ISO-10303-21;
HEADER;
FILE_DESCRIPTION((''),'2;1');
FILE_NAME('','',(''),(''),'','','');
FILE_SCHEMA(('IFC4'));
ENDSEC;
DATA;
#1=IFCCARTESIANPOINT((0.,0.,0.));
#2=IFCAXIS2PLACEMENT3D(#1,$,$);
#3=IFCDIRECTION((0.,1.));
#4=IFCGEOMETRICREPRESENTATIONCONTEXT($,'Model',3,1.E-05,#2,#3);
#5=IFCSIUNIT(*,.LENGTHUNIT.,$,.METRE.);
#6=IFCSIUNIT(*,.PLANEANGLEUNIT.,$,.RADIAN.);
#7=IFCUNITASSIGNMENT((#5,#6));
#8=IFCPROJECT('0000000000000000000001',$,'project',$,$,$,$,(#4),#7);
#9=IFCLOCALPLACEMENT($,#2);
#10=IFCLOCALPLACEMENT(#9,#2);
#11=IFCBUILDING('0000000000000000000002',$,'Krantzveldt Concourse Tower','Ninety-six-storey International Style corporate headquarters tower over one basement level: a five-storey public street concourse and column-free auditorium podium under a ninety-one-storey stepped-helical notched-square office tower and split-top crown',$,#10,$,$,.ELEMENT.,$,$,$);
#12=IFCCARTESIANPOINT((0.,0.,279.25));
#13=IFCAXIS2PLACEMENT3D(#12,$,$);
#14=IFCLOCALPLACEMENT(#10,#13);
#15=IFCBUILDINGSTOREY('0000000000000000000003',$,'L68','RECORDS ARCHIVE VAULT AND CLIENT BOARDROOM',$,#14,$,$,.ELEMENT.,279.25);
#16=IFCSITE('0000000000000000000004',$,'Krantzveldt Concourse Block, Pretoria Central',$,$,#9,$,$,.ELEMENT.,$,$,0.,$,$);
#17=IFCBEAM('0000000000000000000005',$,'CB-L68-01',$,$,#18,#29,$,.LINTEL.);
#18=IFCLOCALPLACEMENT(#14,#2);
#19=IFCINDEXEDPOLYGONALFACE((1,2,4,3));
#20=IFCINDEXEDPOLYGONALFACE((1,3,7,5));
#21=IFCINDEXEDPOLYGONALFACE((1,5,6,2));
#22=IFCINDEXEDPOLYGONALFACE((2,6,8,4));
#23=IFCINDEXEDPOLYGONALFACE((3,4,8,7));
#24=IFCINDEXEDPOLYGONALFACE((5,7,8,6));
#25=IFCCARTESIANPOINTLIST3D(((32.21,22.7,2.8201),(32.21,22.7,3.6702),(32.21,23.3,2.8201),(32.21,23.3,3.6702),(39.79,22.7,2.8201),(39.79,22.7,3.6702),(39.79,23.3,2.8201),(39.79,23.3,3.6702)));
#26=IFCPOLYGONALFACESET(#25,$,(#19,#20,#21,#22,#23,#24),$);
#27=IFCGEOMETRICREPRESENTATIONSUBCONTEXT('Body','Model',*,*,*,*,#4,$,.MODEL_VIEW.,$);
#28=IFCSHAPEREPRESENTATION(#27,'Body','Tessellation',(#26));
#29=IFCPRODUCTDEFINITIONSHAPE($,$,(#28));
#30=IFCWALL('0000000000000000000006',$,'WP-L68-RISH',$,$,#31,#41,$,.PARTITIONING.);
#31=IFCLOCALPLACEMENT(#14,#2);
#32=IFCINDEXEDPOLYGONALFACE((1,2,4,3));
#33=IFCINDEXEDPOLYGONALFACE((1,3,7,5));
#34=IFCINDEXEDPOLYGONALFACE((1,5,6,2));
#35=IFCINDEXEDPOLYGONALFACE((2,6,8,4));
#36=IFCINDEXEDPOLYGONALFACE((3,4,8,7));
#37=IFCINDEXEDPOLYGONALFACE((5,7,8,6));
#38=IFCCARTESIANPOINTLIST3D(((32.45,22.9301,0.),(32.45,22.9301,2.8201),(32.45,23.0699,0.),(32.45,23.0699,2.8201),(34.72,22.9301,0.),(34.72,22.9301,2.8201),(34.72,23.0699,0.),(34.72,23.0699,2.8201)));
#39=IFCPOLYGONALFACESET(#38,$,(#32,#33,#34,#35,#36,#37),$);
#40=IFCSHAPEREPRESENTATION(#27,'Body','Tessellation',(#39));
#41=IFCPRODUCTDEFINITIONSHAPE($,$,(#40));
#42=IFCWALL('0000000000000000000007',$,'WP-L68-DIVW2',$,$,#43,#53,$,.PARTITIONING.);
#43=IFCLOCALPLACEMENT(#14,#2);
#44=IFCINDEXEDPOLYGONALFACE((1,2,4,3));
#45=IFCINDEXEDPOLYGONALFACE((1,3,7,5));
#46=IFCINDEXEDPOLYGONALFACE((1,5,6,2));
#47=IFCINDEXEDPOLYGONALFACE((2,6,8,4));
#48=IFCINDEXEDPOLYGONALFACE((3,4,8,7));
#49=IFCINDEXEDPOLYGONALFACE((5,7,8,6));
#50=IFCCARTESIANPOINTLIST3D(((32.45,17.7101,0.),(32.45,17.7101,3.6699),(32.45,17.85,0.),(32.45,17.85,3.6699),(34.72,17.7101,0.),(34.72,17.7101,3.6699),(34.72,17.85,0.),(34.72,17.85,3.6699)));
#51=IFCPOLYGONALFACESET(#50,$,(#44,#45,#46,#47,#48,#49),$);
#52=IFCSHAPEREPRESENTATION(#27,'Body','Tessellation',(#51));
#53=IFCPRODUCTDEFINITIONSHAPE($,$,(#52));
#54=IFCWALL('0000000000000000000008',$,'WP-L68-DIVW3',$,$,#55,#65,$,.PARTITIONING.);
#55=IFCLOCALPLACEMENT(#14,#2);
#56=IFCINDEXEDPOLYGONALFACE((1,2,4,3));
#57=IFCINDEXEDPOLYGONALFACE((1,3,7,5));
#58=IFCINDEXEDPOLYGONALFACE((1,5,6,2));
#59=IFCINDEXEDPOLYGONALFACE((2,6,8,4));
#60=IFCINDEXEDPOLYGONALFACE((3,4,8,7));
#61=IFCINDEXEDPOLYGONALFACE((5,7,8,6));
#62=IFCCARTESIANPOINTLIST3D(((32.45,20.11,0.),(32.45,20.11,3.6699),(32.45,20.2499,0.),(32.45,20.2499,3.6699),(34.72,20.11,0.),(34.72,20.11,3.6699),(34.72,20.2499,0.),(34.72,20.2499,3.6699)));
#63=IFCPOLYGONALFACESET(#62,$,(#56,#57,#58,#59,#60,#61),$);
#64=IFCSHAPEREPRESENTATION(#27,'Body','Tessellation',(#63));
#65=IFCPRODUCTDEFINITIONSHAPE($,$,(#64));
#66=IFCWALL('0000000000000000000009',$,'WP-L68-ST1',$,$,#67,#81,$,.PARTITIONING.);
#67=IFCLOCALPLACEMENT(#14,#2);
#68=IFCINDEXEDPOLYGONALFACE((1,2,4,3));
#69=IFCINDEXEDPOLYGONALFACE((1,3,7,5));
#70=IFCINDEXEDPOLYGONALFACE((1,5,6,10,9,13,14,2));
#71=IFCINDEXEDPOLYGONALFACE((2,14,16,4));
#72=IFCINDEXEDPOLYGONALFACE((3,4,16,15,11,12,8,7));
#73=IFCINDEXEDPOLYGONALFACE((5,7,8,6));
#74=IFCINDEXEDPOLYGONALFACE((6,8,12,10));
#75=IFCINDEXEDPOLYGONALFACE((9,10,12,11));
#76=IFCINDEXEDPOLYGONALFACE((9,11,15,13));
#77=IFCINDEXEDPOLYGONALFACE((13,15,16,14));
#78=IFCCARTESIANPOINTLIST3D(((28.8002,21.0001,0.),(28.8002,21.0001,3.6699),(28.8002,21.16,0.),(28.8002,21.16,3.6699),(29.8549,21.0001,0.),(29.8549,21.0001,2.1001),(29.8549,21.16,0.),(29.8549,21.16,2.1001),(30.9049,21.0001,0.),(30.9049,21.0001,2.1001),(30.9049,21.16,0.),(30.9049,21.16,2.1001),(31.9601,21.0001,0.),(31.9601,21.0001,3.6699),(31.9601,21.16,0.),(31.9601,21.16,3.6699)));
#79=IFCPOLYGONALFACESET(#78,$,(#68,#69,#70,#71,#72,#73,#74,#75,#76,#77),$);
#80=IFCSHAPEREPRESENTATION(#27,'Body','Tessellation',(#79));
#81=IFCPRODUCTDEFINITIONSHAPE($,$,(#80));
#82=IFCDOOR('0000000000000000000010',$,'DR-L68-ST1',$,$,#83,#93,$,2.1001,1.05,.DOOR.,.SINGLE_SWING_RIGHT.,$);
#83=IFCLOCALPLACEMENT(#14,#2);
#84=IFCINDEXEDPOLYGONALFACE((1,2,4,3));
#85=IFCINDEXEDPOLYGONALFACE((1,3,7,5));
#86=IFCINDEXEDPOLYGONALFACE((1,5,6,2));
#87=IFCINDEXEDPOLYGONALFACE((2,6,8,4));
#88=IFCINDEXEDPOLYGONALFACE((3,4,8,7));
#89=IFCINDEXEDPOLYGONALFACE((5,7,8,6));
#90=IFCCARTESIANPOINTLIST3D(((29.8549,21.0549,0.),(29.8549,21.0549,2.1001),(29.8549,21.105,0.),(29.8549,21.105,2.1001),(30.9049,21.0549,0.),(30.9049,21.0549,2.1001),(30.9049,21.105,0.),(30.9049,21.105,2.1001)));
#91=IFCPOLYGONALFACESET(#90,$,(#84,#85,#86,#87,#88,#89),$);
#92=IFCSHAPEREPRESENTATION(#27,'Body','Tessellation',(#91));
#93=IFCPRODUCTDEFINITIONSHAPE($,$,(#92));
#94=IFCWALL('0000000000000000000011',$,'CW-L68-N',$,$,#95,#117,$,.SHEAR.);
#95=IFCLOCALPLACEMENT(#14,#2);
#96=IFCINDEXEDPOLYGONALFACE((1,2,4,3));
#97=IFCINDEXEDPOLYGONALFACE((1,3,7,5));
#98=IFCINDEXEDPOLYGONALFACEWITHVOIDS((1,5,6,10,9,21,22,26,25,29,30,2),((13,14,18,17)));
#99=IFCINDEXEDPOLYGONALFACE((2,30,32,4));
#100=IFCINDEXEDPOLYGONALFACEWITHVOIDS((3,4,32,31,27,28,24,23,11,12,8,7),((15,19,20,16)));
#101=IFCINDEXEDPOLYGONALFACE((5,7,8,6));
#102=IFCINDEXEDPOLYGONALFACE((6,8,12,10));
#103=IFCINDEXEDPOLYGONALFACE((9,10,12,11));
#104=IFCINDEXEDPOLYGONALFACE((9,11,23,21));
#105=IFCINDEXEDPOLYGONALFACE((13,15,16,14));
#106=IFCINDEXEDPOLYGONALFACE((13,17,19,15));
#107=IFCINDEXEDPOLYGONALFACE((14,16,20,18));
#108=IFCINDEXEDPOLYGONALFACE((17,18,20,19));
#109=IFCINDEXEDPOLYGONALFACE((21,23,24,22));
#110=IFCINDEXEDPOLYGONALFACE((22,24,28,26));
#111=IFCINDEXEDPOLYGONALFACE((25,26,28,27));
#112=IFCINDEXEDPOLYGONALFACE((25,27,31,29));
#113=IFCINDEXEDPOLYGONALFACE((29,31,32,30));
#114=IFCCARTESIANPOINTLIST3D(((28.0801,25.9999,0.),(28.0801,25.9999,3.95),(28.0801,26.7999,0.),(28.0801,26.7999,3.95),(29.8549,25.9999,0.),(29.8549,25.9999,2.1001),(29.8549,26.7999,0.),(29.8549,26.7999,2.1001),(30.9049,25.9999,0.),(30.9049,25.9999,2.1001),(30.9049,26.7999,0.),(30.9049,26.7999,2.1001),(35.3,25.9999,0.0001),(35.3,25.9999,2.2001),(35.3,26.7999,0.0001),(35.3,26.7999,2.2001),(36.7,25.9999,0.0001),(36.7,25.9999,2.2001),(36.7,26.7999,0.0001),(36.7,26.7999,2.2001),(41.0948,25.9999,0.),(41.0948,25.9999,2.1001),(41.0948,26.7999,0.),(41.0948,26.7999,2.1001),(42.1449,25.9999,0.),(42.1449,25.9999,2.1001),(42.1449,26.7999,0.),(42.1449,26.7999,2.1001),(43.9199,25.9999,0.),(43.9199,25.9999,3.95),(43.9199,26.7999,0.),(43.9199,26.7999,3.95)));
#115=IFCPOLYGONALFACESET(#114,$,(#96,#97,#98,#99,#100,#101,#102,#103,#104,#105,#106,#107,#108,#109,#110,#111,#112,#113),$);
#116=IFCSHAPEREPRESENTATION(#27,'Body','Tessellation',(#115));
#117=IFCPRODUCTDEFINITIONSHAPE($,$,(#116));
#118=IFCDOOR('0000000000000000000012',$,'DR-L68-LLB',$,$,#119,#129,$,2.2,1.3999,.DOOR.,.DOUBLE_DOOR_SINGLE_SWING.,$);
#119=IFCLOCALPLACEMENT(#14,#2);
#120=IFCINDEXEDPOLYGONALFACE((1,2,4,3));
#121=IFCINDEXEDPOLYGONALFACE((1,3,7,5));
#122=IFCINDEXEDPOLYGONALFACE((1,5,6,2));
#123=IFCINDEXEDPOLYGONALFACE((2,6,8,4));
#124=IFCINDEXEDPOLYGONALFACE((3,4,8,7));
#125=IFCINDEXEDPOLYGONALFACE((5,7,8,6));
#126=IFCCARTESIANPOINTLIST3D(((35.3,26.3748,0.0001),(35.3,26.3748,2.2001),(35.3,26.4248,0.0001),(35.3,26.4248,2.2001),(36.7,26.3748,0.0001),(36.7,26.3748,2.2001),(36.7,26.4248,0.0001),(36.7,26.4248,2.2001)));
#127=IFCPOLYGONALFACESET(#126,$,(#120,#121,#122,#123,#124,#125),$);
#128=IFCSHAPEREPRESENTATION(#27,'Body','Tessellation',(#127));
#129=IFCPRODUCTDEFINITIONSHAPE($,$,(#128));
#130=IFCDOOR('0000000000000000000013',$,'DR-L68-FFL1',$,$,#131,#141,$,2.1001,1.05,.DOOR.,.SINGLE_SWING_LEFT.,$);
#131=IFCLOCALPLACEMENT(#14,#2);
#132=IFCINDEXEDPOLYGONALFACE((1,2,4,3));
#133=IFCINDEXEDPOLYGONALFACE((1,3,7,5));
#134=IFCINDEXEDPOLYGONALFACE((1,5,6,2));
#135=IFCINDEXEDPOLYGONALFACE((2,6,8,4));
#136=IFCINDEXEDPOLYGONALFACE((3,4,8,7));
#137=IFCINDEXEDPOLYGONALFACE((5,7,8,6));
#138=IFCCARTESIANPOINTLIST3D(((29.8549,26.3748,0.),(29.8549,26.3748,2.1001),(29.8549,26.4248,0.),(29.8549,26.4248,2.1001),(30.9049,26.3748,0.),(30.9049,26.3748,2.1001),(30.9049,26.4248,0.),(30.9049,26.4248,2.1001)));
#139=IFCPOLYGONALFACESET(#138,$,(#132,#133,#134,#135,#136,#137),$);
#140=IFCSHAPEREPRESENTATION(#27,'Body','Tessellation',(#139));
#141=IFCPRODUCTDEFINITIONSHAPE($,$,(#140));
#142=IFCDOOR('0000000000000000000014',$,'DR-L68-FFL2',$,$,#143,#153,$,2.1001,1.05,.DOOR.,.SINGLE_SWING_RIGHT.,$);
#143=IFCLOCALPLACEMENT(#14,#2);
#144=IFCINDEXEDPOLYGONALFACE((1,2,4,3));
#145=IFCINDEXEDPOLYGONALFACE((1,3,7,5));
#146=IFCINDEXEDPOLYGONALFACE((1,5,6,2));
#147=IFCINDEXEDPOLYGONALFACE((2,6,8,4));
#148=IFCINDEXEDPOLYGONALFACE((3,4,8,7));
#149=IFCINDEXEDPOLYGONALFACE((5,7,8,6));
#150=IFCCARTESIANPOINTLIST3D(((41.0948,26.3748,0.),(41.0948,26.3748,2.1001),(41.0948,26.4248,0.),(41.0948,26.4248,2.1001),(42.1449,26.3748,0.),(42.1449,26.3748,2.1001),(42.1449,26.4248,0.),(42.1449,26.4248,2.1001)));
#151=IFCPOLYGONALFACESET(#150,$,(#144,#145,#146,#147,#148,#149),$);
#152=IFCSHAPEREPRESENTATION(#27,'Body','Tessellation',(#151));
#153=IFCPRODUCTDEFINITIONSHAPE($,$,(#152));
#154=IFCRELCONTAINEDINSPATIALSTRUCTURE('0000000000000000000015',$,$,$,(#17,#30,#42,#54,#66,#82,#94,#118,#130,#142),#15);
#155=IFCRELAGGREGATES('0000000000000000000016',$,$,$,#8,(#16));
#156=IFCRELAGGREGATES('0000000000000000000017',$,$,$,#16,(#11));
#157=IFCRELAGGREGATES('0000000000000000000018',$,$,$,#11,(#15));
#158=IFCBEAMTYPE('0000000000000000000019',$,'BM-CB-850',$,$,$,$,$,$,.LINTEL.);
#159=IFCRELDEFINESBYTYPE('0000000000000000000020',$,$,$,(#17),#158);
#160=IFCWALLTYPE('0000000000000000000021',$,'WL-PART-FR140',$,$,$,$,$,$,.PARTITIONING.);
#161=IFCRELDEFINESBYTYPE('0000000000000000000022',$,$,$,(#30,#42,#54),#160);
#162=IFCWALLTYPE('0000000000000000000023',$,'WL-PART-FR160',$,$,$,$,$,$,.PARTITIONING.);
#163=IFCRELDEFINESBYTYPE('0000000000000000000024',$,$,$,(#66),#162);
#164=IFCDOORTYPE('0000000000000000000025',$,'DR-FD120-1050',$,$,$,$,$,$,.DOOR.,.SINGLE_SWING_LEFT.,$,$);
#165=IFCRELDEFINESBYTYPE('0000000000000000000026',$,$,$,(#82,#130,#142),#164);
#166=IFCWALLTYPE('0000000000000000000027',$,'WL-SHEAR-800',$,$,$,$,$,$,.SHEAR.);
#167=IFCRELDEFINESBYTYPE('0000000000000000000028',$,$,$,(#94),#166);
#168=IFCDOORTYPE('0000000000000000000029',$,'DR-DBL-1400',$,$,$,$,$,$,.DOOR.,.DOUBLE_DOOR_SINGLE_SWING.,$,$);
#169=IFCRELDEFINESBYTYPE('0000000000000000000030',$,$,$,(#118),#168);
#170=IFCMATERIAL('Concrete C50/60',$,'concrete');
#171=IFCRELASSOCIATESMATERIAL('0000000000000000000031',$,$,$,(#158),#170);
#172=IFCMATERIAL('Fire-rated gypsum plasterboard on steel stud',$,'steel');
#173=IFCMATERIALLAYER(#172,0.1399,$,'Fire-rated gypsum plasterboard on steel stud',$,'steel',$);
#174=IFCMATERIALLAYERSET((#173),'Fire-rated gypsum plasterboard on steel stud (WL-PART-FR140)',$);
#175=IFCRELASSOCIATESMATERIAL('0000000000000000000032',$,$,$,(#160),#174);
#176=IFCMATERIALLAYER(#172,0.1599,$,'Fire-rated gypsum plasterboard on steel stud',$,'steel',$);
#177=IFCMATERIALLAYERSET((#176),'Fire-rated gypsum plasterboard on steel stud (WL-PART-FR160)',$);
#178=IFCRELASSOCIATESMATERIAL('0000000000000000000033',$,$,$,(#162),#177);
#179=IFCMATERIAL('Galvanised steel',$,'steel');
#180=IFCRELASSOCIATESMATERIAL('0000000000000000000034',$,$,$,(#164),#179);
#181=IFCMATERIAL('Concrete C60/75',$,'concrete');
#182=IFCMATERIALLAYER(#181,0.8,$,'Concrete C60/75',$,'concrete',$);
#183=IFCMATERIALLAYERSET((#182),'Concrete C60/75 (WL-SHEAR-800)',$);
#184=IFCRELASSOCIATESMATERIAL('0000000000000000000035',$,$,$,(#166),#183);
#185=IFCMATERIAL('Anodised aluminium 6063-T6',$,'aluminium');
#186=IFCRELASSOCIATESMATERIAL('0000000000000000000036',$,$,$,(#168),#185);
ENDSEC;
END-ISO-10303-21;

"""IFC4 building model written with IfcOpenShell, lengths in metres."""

from ifc_helpers import new_model, si_unit, direction, frame, frame_2d, origin, origin_2d, place, context, subcontext, project, spatial, rectangle, extrude, source, transform, mapped, material, layer, layer_set, material_profile, profile_set, type_object, type_shapes, element, fill, save


model = new_model("IFC4")

# Units and contexts
model_context = context("Model", 3, precision=1e-05, world=origin(), true_north=direction((0.0, 1.0)))
body_context = subcontext(model_context, "Body", "Model", "MODEL_VIEW")
ifc_project = project(units=[si_unit("LENGTHUNIT", "METRE"), si_unit("PLANEANGLEUNIT", "RADIAN")], contexts=[model_context])

# Site, building, storey
site_placement = place(None, origin())
site = spatial("IfcSite", under=ifc_project, at=site_placement, Name="Krantzveldt Concourse Block, Pretoria Central", CompositionType="ELEMENT", RefElevation=0.0)
building_placement = place(site_placement, origin())
building = spatial("IfcBuilding", under=site, at=building_placement, Name="Krantzveldt Concourse Tower", Description="Ninety-six-storey International Style corporate headquarters tower over one basement level: a five-storey public street concourse and column-free auditorium podium under a ninety-one-storey stepped-helical notched-square office tower and split-top crown", CompositionType="ELEMENT")
storey_placement = place(building_placement, frame((0.0, 0.0, 279.25)))
storey = spatial("IfcBuildingStorey", under=building, at=storey_placement, Name="L68", Description="RECORDS ARCHIVE VAULT AND CLIENT BOARDROOM", CompositionType="ELEMENT", Elevation=279.25)

# Beam
ifc_material_1 = material(Name="Concrete C50/60", Category="concrete")
ifc_material_profile = material_profile(ifc_material_1, rectangle(XDim=0.6001, YDim=0.8501, at=origin_2d()), Name="Concrete C50/60", Category="concrete")
ifc_profile_set = profile_set([ifc_material_profile], Name="Concrete C50/60 - RC-CB 600x850")
beam_type = type_object("IfcBeamType", Name="BM-CB-850", PredefinedType="LINTEL", material=ifc_profile_set)
shared_shape = source(origin(), body_context, "Body", "SweptSolid", [
    extrude(rectangle(XDim=0.6001, YDim=0.8501, at=origin_2d()), origin(), (0.0, 0.0, 1.0), 7.5801),
])
type_shapes(beam_type, [shared_shape])
beam_placement = place(storey_placement, frame((32.21, 23.0, 3.2451), z_axis=(1.0, 0.0, 0.0), x_axis=(0.0, 1.0, 0.0)))
element("IfcBeam", 1, at=beam_placement, inside=storey, type_object=beam_type, Name="CB-L68-01", PredefinedType="LINTEL", context=body_context, shape_type="MappedRepresentation", body=[
    mapped(shared_shape, transform((0.0, 0.0, 0.0), x_axis=(1.0, 0.0, 0.0), y_axis=(0.0, 1.0, 0.0), z_axis=(0.0, 0.0, 1.0), scale=1.0)),
])

# Walls
ifc_material_2 = material(Name="Fire-rated gypsum plasterboard on steel stud", Category="steel")
ifc_layer_1 = layer(ifc_material_2, 0.1399, Name="Fire-rated gypsum plasterboard on steel stud", Category="steel")
ifc_layer_set_1 = layer_set([ifc_layer_1], Name="Fire-rated gypsum plasterboard on steel stud (WL-PART-FR140)")
wall_type_1 = type_object("IfcWallType", Name="WL-PART-FR140", PredefinedType="PARTITIONING", material=ifc_layer_set_1)
wall_1_placement = place(storey_placement, frame((32.45, 23.0, 0.0), z_axis=(0.0, 0.0, 1.0), x_axis=(1.0, 0.0, 0.0)))
element("IfcWall", 2, at=wall_1_placement, inside=storey, type_object=wall_type_1, Name="WP-L68-RISH", PredefinedType="PARTITIONING", context=body_context, shape_type="SweptSolid", body=[
    extrude(rectangle(XDim=2.27, YDim=0.1399, at=frame_2d((1.135, 0.0))), origin(), (0.0, 0.0, 1.0), 2.8201),
])
for number, where, z_axis, x_axis, name in (
    (3, (32.45, 17.78, 0.0), (0.0, 0.0, 1.0), (1.0, 0.0, 0.0), "WP-L68-DIVW2"),
    (4, (32.45, 20.1799, 0.0), (0.0, 0.0, 1.0), (1.0, 0.0, 0.0), "WP-L68-DIVW3"),
):
    element("IfcWall", number, at=place(storey_placement, frame(where, z_axis=z_axis, x_axis=x_axis)), inside=storey, type_object=wall_type_1, Name=name, PredefinedType="PARTITIONING", context=body_context, shape_type="SweptSolid", body=[
        extrude(rectangle(XDim=2.27, YDim=0.1399, at=frame_2d((1.135, 0.0))), origin(), (0.0, 0.0, 1.0), 3.6699),
    ])

# Wall, opening, door
ifc_layer_2 = layer(ifc_material_2, 0.1599, Name="Fire-rated gypsum plasterboard on steel stud", Category="steel")
ifc_layer_set_2 = layer_set([ifc_layer_2], Name="Fire-rated gypsum plasterboard on steel stud (WL-PART-FR160)")
wall_type_2 = type_object("IfcWallType", Name="WL-PART-FR160", PredefinedType="PARTITIONING", material=ifc_layer_set_2)
wall_2_placement = place(storey_placement, frame((28.8, 21.0801, 0.0), z_axis=(0.0, 0.0, 1.0), x_axis=(1.0, 0.0, 0.0)))
wall_2 = element("IfcWall", 5, at=wall_2_placement, inside=storey, type_object=wall_type_2, Name="WP-L68-ST1", PredefinedType="PARTITIONING", context=body_context, shape_type="SweptSolid", body=[
    extrude(rectangle(XDim=3.1599, YDim=0.1599, at=frame_2d((1.5801, 0.0))), origin(), (0.0, 0.0, 1.0), 3.6699),
])
opening_1_placement = place(wall_2_placement, frame((1.0549, 0.0, 0.0)))
opening_1 = element("IfcOpeningElement", 6, at=opening_1_placement, cuts=wall_2, PredefinedType="OPENING", context=body_context, shape_type="SweptSolid", body=[
    extrude(rectangle(XDim=1.05, YDim=2.1001, at=frame_2d((0.5249, 1.05))), frame((0.0, 0.0898, 0.0), z_axis=(0.0, -1.0, 0.0), x_axis=(1.0, 0.0, 0.0)), (0.0, 0.0, 1.0), 0.1799),
])
ifc_material_3 = material(Name="Galvanised steel", Category="steel")
door_type_1 = type_object("IfcDoorType", Name="DR-FD120-1050", OperationType="SINGLE_SWING_LEFT", PredefinedType="DOOR", material=ifc_material_3)
door_1_placement = place(opening_1_placement, origin())
door_1 = element("IfcDoor", 7, at=door_1_placement, inside=storey, type_object=door_type_1, Name="DR-L68-ST1", OperationType="SINGLE_SWING_RIGHT", OverallHeight=2.1001, OverallWidth=1.05, PredefinedType="DOOR", context=body_context, shape_type="SweptSolid", body=[
    extrude(rectangle(XDim=1.05, YDim=2.1001, at=frame_2d((0.5249, 1.05))), frame((0.0, 0.0249, 0.0), z_axis=(0.0, -1.0, 0.0), x_axis=(1.0, 0.0, 0.0)), (0.0, 0.0, 1.0), 0.05),
])
fill(opening_1, door_1)

# Wall, openings, doors
ifc_material_4 = material(Name="Concrete C60/75", Category="concrete")
ifc_layer_3 = layer(ifc_material_4, 0.8, Name="Concrete C60/75", Category="concrete")
ifc_layer_set_3 = layer_set([ifc_layer_3], Name="Concrete C60/75 (WL-SHEAR-800)")
wall_type_3 = type_object("IfcWallType", Name="WL-SHEAR-800", PredefinedType="SHEAR", material=ifc_layer_set_3)
wall_3_placement = place(storey_placement, frame((28.0801, 26.3999, 0.0), z_axis=(0.0, 0.0, 1.0), x_axis=(1.0, 0.0, 0.0)))
wall_3 = element("IfcWall", 8, at=wall_3_placement, inside=storey, type_object=wall_type_3, Name="CW-L68-N", PredefinedType="SHEAR", context=body_context, shape_type="SweptSolid", body=[
    extrude(rectangle(XDim=15.8398, YDim=0.8, at=frame_2d((7.9199, 0.0))), origin(), (0.0, 0.0, 1.0), 3.95),
])
opening_2_placement = place(wall_3_placement, frame((7.22, 0.0, 0.0)))
opening_2 = element("IfcOpeningElement", 9, at=opening_2_placement, cuts=wall_3, PredefinedType="OPENING", context=body_context, shape_type="SweptSolid", body=[
    extrude(rectangle(XDim=1.3999, YDim=2.2, at=frame_2d((0.7, 1.1001))), frame((0.0, 0.4102, 0.0), z_axis=(0.0, -1.0, 0.0), x_axis=(1.0, 0.0, 0.0)), (0.0, 0.0, 1.0), 0.8201),
])
opening_3_placement = place(wall_3_placement, frame((1.7749, 0.0, 0.0)))
opening_3 = element("IfcOpeningElement", 10, at=opening_3_placement, cuts=wall_3, PredefinedType="OPENING", context=body_context, shape_type="SweptSolid", body=[
    extrude(rectangle(XDim=1.05, YDim=2.1001, at=frame_2d((0.5249, 1.05))), frame((0.0, 0.4102, 0.0), z_axis=(0.0, -1.0, 0.0), x_axis=(1.0, 0.0, 0.0)), (0.0, 0.0, 1.0), 0.8201),
])
opening_4_placement = place(wall_3_placement, frame((13.0149, 0.0, 0.0)))
opening_4 = element("IfcOpeningElement", 11, at=opening_4_placement, cuts=wall_3, PredefinedType="OPENING", context=body_context, shape_type="SweptSolid", body=[
    extrude(rectangle(XDim=1.05, YDim=2.1001, at=frame_2d((0.5249, 1.05))), frame((0.0, 0.4102, 0.0), z_axis=(0.0, -1.0, 0.0), x_axis=(1.0, 0.0, 0.0)), (0.0, 0.0, 1.0), 0.8201),
])
ifc_material_5 = material(Name="Anodised aluminium 6063-T6", Category="aluminium")
door_type_2 = type_object("IfcDoorType", Name="DR-DBL-1400", OperationType="DOUBLE_DOOR_SINGLE_SWING", PredefinedType="DOOR", material=ifc_material_5)
door_2_placement = place(opening_2_placement, origin())
door_2 = element("IfcDoor", 12, at=door_2_placement, inside=storey, type_object=door_type_2, Name="DR-L68-LLB", OperationType="DOUBLE_DOOR_SINGLE_SWING", OverallHeight=2.2, OverallWidth=1.3999, PredefinedType="DOOR", context=body_context, shape_type="SweptSolid", body=[
    extrude(rectangle(XDim=1.3999, YDim=2.2, at=frame_2d((0.7, 1.1001))), frame((0.0, 0.0249, 0.0), z_axis=(0.0, -1.0, 0.0), x_axis=(1.0, 0.0, 0.0)), (0.0, 0.0, 1.0), 0.05),
])
fill(opening_2, door_2)
door_3_placement = place(opening_3_placement, origin())
door_3 = element("IfcDoor", 13, at=door_3_placement, inside=storey, type_object=door_type_1, Name="DR-L68-FFL1", OperationType="SINGLE_SWING_LEFT", OverallHeight=2.1001, OverallWidth=1.05, PredefinedType="DOOR", context=body_context, shape_type="SweptSolid", body=[
    extrude(rectangle(XDim=1.05, YDim=2.1001, at=frame_2d((0.5249, 1.05))), frame((0.0, 0.0249, 0.0), z_axis=(0.0, -1.0, 0.0), x_axis=(1.0, 0.0, 0.0)), (0.0, 0.0, 1.0), 0.05),
])
fill(opening_3, door_3)
door_4_placement = place(opening_4_placement, origin())
door_4 = element("IfcDoor", 14, at=door_4_placement, inside=storey, type_object=door_type_1, Name="DR-L68-FFL2", OperationType="SINGLE_SWING_RIGHT", OverallHeight=2.1001, OverallWidth=1.05, PredefinedType="DOOR", context=body_context, shape_type="SweptSolid", body=[
    extrude(rectangle(XDim=1.05, YDim=2.1001, at=frame_2d((0.5249, 1.05))), frame((0.0, 0.0249, 0.0), z_axis=(0.0, -1.0, 0.0), x_axis=(1.0, 0.0, 0.0)), (0.0, 0.0, 1.0), 0.05),
])
fill(opening_4, door_4)

save(model, "model.ifc")
